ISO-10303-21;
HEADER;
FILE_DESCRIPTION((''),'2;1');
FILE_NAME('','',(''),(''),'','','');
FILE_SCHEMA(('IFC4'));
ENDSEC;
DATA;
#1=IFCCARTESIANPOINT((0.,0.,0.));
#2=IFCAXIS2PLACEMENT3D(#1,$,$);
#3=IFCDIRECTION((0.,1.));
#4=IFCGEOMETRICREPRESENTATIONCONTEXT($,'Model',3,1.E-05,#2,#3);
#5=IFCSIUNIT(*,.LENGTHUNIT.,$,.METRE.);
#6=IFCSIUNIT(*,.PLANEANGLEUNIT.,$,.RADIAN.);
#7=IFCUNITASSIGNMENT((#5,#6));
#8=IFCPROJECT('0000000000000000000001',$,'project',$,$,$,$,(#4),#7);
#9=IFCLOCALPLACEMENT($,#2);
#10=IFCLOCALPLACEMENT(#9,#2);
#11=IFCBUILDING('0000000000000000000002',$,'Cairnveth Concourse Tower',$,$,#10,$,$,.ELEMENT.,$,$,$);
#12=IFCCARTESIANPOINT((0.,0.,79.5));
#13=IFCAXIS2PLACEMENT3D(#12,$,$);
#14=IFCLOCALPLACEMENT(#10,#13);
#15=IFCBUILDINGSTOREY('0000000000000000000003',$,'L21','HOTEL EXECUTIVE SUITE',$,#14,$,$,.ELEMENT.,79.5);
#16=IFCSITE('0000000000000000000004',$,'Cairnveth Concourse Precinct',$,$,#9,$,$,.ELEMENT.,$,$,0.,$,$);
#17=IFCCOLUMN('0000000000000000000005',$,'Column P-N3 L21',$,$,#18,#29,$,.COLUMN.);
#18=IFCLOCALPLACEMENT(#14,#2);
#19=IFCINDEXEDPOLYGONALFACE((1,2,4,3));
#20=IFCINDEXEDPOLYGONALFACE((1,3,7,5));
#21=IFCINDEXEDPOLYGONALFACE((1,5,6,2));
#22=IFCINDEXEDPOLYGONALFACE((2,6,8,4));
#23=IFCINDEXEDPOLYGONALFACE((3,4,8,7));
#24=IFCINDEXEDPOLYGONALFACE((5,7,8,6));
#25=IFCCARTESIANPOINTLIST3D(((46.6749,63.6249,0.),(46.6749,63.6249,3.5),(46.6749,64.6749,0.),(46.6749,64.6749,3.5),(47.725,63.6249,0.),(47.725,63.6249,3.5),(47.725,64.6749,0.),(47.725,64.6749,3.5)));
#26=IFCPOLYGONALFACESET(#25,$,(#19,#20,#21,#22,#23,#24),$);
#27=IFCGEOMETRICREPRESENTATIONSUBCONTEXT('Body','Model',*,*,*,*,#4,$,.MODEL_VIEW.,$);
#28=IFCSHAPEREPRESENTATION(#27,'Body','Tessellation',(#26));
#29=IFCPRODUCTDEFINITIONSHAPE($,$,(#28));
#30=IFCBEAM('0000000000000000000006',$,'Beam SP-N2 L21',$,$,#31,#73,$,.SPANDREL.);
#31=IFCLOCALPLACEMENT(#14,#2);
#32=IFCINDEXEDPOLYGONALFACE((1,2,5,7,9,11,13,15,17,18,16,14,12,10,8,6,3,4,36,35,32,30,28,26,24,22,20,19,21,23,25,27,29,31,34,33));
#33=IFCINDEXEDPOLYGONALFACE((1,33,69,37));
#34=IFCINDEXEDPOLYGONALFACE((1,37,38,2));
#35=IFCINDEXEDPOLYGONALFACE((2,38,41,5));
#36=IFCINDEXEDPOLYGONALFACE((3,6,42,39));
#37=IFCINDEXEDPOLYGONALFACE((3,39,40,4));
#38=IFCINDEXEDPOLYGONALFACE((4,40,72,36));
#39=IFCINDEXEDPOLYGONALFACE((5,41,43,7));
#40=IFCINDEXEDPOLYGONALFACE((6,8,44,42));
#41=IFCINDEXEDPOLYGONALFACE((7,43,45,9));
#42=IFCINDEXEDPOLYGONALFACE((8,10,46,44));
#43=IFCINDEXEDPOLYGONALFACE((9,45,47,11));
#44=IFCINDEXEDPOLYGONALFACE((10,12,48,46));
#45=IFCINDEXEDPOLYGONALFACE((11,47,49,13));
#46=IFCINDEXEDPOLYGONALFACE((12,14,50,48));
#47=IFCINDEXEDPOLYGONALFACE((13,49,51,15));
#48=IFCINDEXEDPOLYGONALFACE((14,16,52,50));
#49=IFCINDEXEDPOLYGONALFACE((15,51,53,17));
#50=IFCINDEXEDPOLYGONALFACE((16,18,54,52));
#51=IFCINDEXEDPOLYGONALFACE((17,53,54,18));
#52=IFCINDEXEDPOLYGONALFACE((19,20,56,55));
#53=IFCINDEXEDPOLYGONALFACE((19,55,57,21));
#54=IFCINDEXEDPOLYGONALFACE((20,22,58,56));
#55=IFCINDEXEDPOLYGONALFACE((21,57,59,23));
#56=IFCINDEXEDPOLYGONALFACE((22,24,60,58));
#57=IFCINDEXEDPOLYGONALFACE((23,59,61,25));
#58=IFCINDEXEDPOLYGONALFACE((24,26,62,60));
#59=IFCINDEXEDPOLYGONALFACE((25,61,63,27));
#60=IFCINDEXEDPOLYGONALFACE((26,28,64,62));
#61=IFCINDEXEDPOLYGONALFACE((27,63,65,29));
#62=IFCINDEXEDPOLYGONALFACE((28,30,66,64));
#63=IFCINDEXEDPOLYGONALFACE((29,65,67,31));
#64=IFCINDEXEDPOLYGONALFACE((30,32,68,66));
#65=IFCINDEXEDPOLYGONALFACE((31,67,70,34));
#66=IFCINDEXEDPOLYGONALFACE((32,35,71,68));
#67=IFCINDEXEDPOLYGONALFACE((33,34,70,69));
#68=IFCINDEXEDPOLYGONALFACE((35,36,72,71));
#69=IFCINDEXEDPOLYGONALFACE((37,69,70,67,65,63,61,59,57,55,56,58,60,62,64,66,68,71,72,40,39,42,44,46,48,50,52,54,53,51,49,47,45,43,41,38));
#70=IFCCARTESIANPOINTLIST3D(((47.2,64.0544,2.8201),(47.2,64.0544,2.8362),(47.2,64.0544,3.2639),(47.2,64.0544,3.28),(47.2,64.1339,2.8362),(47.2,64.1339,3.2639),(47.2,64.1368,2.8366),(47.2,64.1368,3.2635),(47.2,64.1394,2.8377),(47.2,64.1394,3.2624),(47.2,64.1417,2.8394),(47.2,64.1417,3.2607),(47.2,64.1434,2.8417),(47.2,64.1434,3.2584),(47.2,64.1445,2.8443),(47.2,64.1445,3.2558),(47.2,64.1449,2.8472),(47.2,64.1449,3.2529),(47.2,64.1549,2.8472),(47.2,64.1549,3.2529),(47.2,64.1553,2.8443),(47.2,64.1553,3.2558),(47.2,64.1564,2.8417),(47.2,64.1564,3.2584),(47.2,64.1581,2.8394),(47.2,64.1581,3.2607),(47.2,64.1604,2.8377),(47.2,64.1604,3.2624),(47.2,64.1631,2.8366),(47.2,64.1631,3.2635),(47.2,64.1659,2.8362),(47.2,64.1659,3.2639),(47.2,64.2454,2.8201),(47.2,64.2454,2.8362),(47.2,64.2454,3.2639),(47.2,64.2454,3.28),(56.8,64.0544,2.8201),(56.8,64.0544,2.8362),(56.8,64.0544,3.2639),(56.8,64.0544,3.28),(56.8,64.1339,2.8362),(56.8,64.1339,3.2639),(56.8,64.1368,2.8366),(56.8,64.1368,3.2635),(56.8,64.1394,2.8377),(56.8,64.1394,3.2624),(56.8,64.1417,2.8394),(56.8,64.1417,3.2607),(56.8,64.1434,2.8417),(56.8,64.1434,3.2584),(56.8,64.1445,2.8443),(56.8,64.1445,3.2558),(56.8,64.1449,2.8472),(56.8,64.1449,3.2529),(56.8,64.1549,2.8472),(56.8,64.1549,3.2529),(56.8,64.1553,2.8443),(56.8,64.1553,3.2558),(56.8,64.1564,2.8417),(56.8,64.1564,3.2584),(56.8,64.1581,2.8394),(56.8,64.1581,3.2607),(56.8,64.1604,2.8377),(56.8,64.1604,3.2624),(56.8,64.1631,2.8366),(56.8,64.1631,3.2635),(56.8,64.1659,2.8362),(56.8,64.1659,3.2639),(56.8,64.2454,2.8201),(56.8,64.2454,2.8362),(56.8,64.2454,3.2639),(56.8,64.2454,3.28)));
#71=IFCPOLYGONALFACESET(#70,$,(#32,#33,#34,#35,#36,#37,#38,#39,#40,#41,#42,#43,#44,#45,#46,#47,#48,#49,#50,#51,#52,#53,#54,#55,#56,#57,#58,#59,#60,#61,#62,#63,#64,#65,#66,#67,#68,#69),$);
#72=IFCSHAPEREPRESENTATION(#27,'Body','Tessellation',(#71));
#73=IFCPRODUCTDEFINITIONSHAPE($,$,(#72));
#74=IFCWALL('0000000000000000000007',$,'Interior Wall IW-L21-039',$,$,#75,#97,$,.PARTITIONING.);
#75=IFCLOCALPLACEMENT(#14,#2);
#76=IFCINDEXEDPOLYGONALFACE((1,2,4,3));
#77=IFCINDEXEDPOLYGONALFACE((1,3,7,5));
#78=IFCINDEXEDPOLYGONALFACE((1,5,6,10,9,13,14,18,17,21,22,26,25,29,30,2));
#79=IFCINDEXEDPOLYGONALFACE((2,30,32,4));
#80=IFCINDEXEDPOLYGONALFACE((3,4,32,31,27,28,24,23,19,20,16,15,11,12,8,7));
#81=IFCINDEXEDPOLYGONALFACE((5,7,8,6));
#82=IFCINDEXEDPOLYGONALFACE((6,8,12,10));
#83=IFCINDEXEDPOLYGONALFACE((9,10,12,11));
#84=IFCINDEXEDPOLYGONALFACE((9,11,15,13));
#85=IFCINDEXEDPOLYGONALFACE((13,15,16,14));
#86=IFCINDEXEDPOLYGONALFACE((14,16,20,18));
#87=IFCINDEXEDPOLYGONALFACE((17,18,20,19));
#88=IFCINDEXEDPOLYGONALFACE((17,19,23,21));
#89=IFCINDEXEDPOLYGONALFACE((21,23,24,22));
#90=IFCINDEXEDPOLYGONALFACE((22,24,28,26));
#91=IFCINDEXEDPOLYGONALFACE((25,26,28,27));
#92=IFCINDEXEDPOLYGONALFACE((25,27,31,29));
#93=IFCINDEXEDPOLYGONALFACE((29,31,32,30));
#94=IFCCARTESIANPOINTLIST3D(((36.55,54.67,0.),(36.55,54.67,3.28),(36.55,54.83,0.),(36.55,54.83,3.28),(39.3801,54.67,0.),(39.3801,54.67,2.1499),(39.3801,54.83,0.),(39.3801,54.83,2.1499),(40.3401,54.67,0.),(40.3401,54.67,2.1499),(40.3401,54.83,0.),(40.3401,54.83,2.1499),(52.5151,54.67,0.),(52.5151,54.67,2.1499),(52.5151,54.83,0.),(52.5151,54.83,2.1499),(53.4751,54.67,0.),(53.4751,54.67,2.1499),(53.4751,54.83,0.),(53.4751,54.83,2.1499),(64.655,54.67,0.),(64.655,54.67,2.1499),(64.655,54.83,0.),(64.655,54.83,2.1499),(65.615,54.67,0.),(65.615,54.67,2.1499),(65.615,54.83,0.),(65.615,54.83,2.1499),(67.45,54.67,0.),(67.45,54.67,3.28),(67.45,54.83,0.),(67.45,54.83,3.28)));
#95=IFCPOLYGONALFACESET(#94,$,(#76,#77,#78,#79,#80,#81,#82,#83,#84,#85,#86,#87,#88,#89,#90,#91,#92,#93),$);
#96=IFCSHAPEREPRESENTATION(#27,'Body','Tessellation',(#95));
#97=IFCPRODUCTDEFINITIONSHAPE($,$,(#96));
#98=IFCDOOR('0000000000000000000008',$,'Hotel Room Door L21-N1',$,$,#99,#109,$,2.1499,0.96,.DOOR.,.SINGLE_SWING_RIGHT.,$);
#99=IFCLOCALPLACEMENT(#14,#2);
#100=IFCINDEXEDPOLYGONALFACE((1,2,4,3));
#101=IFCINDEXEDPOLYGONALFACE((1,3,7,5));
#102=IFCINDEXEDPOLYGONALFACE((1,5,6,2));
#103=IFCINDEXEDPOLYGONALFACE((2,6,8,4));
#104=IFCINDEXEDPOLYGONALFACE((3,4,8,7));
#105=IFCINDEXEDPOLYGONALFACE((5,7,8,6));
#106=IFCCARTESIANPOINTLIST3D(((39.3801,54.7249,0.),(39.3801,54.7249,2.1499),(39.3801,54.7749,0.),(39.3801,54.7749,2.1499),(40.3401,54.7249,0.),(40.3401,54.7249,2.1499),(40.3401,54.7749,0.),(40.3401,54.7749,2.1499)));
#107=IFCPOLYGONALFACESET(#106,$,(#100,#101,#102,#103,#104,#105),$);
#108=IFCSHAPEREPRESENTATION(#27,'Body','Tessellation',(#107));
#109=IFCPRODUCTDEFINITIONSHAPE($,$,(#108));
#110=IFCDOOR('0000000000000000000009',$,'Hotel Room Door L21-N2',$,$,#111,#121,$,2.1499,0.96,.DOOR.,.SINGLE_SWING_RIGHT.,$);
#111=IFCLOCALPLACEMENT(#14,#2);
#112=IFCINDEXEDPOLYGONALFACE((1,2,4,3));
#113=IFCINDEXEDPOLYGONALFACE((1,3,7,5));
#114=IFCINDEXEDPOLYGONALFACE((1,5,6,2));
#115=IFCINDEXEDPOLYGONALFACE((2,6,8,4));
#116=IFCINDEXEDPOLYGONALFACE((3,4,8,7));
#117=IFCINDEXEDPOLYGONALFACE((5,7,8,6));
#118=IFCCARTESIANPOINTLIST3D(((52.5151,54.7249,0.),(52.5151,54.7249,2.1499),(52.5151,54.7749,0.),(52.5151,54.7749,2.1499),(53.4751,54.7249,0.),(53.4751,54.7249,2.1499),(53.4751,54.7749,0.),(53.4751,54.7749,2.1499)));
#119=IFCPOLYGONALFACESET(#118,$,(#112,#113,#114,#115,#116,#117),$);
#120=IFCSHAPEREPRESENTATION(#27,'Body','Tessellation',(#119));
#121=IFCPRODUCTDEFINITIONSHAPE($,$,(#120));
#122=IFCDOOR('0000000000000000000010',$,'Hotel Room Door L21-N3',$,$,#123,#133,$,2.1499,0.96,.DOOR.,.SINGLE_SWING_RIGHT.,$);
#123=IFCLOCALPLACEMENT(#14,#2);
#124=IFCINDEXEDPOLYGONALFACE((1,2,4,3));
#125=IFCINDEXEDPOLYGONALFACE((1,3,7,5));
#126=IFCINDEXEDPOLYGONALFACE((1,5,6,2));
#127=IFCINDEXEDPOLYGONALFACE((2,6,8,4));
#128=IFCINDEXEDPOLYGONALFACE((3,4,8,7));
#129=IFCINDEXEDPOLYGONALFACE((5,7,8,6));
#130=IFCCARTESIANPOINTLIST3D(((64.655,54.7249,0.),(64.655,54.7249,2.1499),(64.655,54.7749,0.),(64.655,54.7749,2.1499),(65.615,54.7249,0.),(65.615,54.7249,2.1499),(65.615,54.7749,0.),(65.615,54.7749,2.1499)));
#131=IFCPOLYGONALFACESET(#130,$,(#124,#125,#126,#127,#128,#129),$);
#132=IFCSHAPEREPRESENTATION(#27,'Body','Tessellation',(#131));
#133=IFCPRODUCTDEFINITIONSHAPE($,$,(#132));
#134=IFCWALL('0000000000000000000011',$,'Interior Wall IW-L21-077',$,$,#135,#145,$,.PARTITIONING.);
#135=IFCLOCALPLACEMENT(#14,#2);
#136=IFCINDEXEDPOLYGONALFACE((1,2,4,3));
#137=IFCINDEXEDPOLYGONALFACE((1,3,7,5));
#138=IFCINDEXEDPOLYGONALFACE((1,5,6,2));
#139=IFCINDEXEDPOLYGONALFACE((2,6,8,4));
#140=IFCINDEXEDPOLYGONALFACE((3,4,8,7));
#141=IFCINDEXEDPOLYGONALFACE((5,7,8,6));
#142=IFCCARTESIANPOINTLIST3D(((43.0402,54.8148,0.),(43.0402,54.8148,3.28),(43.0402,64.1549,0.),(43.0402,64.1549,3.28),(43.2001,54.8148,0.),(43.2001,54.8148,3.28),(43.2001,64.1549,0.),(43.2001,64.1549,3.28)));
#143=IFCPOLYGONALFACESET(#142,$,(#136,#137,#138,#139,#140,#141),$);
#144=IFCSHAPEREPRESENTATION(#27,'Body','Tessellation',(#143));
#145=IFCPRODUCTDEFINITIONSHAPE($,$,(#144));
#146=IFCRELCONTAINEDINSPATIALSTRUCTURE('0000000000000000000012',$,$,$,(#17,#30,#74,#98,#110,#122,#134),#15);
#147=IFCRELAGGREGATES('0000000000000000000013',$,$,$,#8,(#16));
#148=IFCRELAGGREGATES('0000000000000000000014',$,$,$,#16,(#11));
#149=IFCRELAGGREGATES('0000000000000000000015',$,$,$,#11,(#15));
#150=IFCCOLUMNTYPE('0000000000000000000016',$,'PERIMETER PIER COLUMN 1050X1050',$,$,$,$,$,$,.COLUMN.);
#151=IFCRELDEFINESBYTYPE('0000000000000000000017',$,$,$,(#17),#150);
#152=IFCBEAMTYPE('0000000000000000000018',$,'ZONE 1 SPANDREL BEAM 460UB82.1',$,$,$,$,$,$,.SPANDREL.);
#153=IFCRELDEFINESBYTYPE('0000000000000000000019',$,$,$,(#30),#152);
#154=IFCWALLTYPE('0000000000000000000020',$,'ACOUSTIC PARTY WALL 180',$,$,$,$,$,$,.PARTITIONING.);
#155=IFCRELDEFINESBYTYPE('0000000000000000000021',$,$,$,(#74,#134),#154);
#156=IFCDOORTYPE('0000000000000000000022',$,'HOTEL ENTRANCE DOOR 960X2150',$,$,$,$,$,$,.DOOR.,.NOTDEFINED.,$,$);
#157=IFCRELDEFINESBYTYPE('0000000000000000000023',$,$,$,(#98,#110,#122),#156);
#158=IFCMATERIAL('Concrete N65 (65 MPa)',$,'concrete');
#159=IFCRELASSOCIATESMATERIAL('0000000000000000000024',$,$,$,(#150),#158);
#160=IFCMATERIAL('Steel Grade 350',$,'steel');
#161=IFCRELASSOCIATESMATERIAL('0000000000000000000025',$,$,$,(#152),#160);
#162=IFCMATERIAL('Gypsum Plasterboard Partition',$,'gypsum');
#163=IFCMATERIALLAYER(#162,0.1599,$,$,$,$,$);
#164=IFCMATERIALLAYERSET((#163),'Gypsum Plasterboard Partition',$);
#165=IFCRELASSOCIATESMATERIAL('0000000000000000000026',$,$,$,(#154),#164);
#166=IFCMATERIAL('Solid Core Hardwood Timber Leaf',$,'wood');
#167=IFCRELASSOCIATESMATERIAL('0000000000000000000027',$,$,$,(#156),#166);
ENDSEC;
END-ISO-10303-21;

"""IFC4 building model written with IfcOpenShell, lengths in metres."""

from ifc_helpers import new_model, si_unit, direction, frame, frame_2d, origin, origin_2d, place, context, subcontext, project, spatial, rectangle, i_section, extrude, material, layer, layer_set, material_profile, profile_set, type_object, element, fill, save


model = new_model("IFC4")

# Units and contexts
model_context = context("Model", 3, precision=1e-05, world=origin(), true_north=direction((0.0, 1.0)))
body_context = subcontext(model_context, "Body", "Model", "MODEL_VIEW")
ifc_project = project(units=[si_unit("LENGTHUNIT", "METRE"), si_unit("PLANEANGLEUNIT", "RADIAN")], contexts=[model_context])

# Site, building, storey
site_placement = place(None, origin())
site = spatial("IfcSite", under=ifc_project, at=site_placement, Name="Cairnveth Concourse Precinct", CompositionType="ELEMENT", RefElevation=0.0)
building_placement = place(site_placement, origin())
building = spatial("IfcBuilding", under=site, at=building_placement, Name="Cairnveth Concourse Tower", CompositionType="ELEMENT")
storey_placement = place(building_placement, frame((0.0, 0.0, 79.5)))
storey = spatial("IfcBuildingStorey", under=building, at=storey_placement, Name="L21", Description="HOTEL EXECUTIVE SUITE", CompositionType="ELEMENT", Elevation=79.5)

# Column
ifc_material_1 = material(Name="Concrete N65 (65 MPa)", Category="concrete")
ifc_material_profile_1 = material_profile(ifc_material_1, rectangle(XDim=1.05, YDim=1.05, at=origin_2d()), Name="RC-COL-1050x1050")
ifc_profile_set_1 = profile_set([ifc_material_profile_1], Name="Concrete N65 (65 MPa)")
column_type = type_object("IfcColumnType", Name="PERIMETER PIER COLUMN 1050X1050", PredefinedType="COLUMN", material=ifc_profile_set_1)
column_placement = place(storey_placement, frame((47.2, 64.1499, 0.0), z_axis=(0.0, 0.0, 1.0), x_axis=(1.0, 0.0, 0.0)))
element("IfcColumn", 1, at=column_placement, inside=storey, type_object=column_type, Name="Column P-N3 L21", PredefinedType="COLUMN", context=body_context, shape_type="SweptSolid", body=[
    extrude(rectangle(XDim=1.05, YDim=1.05, at=origin_2d()), origin(), (0.0, 0.0, 1.0), 3.5),
])

# Beam
ifc_material_2 = material(Name="Steel Grade 350", Category="steel")
ifc_material_profile_2 = material_profile(ifc_material_2, i_section(OverallWidth=0.1909, OverallDepth=0.46, WebThickness=0.01, FlangeThickness=0.0161, FilletRadius=0.011, at=origin_2d()), Name="460UB82.1")
ifc_profile_set_2 = profile_set([ifc_material_profile_2], Name="Steel Grade 350")
beam_type = type_object("IfcBeamType", Name="ZONE 1 SPANDREL BEAM 460UB82.1", PredefinedType="SPANDREL", material=ifc_profile_set_2)
beam_placement = place(storey_placement, frame((47.2, 64.1499, 3.05), z_axis=(1.0, 0.0, 0.0), x_axis=(0.0, 1.0, 0.0)))
element("IfcBeam", 2, at=beam_placement, inside=storey, type_object=beam_type, Name="Beam SP-N2 L21", PredefinedType="SPANDREL", context=body_context, shape_type="SweptSolid", body=[
    extrude(i_section(OverallWidth=0.1909, OverallDepth=0.46, WebThickness=0.01, FlangeThickness=0.0161, FilletRadius=0.011, at=origin_2d()), origin(), (0.0, 0.0, 1.0), 9.6001),
])

# Wall, openings, doors
ifc_material_3 = material(Name="Gypsum Plasterboard Partition", Category="gypsum")
ifc_layer_1 = layer(ifc_material_3, 0.1599)
ifc_layer_set_1 = layer_set([ifc_layer_1], Name="Gypsum Plasterboard Partition")
wall_type_1 = type_object("IfcWallType", Name="ACOUSTIC PARTY WALL 180", PredefinedType="PARTITIONING", material=ifc_layer_set_1)
wall_1_placement = place(storey_placement, frame((36.55, 54.75, 0.0), z_axis=(0.0, 0.0, 1.0), x_axis=(1.0, 0.0, 0.0)))
wall_1 = element("IfcWall", 3, at=wall_1_placement, inside=storey, type_object=wall_type_1, Name="Interior Wall IW-L21-039", PredefinedType="PARTITIONING", context=body_context, shape_type="SweptSolid", body=[
    extrude(rectangle(XDim=30.8999, YDim=0.1599, at=frame_2d((15.45, 0.0))), origin(), (0.0, 0.0, 1.0), 3.28),
])
opening_1_placement = place(wall_1_placement, frame((2.8301, 0.0, 0.0)))
opening_1 = element("IfcOpeningElement", 4, at=opening_1_placement, cuts=wall_1, PredefinedType="OPENING", context=body_context, shape_type="SweptSolid", body=[
    extrude(rectangle(XDim=0.96, YDim=2.1499, at=frame_2d((0.48, 1.075))), frame((0.0, 0.0898, 0.0), z_axis=(0.0, -1.0, 0.0), x_axis=(1.0, 0.0, 0.0)), (0.0, 0.0, 1.0), 0.1799),
])
opening_2_placement = place(wall_1_placement, frame((15.9651, 0.0, 0.0)))
opening_2 = element("IfcOpeningElement", 5, at=opening_2_placement, cuts=wall_1, PredefinedType="OPENING", context=body_context, shape_type="SweptSolid", body=[
    extrude(rectangle(XDim=0.96, YDim=2.1499, at=frame_2d((0.48, 1.075))), frame((0.0, 0.0898, 0.0), z_axis=(0.0, -1.0, 0.0), x_axis=(1.0, 0.0, 0.0)), (0.0, 0.0, 1.0), 0.1799),
])
opening_3_placement = place(wall_1_placement, frame((28.105, 0.0, 0.0)))
opening_3 = element("IfcOpeningElement", 6, at=opening_3_placement, cuts=wall_1, PredefinedType="OPENING", context=body_context, shape_type="SweptSolid", body=[
    extrude(rectangle(XDim=0.96, YDim=2.1499, at=frame_2d((0.48, 1.075))), frame((0.0, 0.0898, 0.0), z_axis=(0.0, -1.0, 0.0), x_axis=(1.0, 0.0, 0.0)), (0.0, 0.0, 1.0), 0.1799),
])
ifc_material_4 = material(Name="Solid Core Hardwood Timber Leaf", Category="wood")
door_type_1 = type_object("IfcDoorType", Name="HOTEL ENTRANCE DOOR 960X2150", OperationType="NOTDEFINED", PredefinedType="DOOR", material=ifc_material_4)
door_1_placement = place(opening_1_placement, origin())
door_1 = element("IfcDoor", 7, at=door_1_placement, inside=storey, type_object=door_type_1, Name="Hotel Room Door L21-N1", OperationType="SINGLE_SWING_RIGHT", OverallHeight=2.1499, OverallWidth=0.96, PredefinedType="DOOR", context=body_context, shape_type="SweptSolid", body=[
    extrude(rectangle(XDim=0.96, YDim=2.1499, at=frame_2d((0.48, 1.075))), frame((0.0, 0.0249, 0.0), z_axis=(0.0, -1.0, 0.0), x_axis=(1.0, 0.0, 0.0)), (0.0, 0.0, 1.0), 0.05),
])
fill(opening_1, door_1)
door_2_placement = place(opening_2_placement, origin())
door_2 = element("IfcDoor", 8, at=door_2_placement, inside=storey, type_object=door_type_1, Name="Hotel Room Door L21-N2", OperationType="SINGLE_SWING_RIGHT", OverallHeight=2.1499, OverallWidth=0.96, PredefinedType="DOOR", context=body_context, shape_type="SweptSolid", body=[
    extrude(rectangle(XDim=0.96, YDim=2.1499, at=frame_2d((0.48, 1.075))), frame((0.0, 0.0249, 0.0), z_axis=(0.0, -1.0, 0.0), x_axis=(1.0, 0.0, 0.0)), (0.0, 0.0, 1.0), 0.05),
])
fill(opening_2, door_2)
door_3_placement = place(opening_3_placement, origin())
door_3 = element("IfcDoor", 9, at=door_3_placement, inside=storey, type_object=door_type_1, Name="Hotel Room Door L21-N3", OperationType="SINGLE_SWING_RIGHT", OverallHeight=2.1499, OverallWidth=0.96, PredefinedType="DOOR", context=body_context, shape_type="SweptSolid", body=[
    extrude(rectangle(XDim=0.96, YDim=2.1499, at=frame_2d((0.48, 1.075))), frame((0.0, 0.0249, 0.0), z_axis=(0.0, -1.0, 0.0), x_axis=(1.0, 0.0, 0.0)), (0.0, 0.0, 1.0), 0.05),
])
fill(opening_3, door_3)

# Wall
wall_2_placement = place(storey_placement, frame((43.1201, 54.8149, 0.0), z_axis=(0.0, 0.0, 1.0), x_axis=(0.0, 1.0, 0.0)))
element("IfcWall", 10, at=wall_2_placement, inside=storey, type_object=wall_type_1, Name="Interior Wall IW-L21-077", PredefinedType="PARTITIONING", context=body_context, shape_type="SweptSolid", body=[
    extrude(rectangle(XDim=9.3401, YDim=0.1599, at=frame_2d((4.6699, 0.0))), origin(), (0.0, 0.0, 1.0), 3.28),
])

save(model, "model.ifc")
